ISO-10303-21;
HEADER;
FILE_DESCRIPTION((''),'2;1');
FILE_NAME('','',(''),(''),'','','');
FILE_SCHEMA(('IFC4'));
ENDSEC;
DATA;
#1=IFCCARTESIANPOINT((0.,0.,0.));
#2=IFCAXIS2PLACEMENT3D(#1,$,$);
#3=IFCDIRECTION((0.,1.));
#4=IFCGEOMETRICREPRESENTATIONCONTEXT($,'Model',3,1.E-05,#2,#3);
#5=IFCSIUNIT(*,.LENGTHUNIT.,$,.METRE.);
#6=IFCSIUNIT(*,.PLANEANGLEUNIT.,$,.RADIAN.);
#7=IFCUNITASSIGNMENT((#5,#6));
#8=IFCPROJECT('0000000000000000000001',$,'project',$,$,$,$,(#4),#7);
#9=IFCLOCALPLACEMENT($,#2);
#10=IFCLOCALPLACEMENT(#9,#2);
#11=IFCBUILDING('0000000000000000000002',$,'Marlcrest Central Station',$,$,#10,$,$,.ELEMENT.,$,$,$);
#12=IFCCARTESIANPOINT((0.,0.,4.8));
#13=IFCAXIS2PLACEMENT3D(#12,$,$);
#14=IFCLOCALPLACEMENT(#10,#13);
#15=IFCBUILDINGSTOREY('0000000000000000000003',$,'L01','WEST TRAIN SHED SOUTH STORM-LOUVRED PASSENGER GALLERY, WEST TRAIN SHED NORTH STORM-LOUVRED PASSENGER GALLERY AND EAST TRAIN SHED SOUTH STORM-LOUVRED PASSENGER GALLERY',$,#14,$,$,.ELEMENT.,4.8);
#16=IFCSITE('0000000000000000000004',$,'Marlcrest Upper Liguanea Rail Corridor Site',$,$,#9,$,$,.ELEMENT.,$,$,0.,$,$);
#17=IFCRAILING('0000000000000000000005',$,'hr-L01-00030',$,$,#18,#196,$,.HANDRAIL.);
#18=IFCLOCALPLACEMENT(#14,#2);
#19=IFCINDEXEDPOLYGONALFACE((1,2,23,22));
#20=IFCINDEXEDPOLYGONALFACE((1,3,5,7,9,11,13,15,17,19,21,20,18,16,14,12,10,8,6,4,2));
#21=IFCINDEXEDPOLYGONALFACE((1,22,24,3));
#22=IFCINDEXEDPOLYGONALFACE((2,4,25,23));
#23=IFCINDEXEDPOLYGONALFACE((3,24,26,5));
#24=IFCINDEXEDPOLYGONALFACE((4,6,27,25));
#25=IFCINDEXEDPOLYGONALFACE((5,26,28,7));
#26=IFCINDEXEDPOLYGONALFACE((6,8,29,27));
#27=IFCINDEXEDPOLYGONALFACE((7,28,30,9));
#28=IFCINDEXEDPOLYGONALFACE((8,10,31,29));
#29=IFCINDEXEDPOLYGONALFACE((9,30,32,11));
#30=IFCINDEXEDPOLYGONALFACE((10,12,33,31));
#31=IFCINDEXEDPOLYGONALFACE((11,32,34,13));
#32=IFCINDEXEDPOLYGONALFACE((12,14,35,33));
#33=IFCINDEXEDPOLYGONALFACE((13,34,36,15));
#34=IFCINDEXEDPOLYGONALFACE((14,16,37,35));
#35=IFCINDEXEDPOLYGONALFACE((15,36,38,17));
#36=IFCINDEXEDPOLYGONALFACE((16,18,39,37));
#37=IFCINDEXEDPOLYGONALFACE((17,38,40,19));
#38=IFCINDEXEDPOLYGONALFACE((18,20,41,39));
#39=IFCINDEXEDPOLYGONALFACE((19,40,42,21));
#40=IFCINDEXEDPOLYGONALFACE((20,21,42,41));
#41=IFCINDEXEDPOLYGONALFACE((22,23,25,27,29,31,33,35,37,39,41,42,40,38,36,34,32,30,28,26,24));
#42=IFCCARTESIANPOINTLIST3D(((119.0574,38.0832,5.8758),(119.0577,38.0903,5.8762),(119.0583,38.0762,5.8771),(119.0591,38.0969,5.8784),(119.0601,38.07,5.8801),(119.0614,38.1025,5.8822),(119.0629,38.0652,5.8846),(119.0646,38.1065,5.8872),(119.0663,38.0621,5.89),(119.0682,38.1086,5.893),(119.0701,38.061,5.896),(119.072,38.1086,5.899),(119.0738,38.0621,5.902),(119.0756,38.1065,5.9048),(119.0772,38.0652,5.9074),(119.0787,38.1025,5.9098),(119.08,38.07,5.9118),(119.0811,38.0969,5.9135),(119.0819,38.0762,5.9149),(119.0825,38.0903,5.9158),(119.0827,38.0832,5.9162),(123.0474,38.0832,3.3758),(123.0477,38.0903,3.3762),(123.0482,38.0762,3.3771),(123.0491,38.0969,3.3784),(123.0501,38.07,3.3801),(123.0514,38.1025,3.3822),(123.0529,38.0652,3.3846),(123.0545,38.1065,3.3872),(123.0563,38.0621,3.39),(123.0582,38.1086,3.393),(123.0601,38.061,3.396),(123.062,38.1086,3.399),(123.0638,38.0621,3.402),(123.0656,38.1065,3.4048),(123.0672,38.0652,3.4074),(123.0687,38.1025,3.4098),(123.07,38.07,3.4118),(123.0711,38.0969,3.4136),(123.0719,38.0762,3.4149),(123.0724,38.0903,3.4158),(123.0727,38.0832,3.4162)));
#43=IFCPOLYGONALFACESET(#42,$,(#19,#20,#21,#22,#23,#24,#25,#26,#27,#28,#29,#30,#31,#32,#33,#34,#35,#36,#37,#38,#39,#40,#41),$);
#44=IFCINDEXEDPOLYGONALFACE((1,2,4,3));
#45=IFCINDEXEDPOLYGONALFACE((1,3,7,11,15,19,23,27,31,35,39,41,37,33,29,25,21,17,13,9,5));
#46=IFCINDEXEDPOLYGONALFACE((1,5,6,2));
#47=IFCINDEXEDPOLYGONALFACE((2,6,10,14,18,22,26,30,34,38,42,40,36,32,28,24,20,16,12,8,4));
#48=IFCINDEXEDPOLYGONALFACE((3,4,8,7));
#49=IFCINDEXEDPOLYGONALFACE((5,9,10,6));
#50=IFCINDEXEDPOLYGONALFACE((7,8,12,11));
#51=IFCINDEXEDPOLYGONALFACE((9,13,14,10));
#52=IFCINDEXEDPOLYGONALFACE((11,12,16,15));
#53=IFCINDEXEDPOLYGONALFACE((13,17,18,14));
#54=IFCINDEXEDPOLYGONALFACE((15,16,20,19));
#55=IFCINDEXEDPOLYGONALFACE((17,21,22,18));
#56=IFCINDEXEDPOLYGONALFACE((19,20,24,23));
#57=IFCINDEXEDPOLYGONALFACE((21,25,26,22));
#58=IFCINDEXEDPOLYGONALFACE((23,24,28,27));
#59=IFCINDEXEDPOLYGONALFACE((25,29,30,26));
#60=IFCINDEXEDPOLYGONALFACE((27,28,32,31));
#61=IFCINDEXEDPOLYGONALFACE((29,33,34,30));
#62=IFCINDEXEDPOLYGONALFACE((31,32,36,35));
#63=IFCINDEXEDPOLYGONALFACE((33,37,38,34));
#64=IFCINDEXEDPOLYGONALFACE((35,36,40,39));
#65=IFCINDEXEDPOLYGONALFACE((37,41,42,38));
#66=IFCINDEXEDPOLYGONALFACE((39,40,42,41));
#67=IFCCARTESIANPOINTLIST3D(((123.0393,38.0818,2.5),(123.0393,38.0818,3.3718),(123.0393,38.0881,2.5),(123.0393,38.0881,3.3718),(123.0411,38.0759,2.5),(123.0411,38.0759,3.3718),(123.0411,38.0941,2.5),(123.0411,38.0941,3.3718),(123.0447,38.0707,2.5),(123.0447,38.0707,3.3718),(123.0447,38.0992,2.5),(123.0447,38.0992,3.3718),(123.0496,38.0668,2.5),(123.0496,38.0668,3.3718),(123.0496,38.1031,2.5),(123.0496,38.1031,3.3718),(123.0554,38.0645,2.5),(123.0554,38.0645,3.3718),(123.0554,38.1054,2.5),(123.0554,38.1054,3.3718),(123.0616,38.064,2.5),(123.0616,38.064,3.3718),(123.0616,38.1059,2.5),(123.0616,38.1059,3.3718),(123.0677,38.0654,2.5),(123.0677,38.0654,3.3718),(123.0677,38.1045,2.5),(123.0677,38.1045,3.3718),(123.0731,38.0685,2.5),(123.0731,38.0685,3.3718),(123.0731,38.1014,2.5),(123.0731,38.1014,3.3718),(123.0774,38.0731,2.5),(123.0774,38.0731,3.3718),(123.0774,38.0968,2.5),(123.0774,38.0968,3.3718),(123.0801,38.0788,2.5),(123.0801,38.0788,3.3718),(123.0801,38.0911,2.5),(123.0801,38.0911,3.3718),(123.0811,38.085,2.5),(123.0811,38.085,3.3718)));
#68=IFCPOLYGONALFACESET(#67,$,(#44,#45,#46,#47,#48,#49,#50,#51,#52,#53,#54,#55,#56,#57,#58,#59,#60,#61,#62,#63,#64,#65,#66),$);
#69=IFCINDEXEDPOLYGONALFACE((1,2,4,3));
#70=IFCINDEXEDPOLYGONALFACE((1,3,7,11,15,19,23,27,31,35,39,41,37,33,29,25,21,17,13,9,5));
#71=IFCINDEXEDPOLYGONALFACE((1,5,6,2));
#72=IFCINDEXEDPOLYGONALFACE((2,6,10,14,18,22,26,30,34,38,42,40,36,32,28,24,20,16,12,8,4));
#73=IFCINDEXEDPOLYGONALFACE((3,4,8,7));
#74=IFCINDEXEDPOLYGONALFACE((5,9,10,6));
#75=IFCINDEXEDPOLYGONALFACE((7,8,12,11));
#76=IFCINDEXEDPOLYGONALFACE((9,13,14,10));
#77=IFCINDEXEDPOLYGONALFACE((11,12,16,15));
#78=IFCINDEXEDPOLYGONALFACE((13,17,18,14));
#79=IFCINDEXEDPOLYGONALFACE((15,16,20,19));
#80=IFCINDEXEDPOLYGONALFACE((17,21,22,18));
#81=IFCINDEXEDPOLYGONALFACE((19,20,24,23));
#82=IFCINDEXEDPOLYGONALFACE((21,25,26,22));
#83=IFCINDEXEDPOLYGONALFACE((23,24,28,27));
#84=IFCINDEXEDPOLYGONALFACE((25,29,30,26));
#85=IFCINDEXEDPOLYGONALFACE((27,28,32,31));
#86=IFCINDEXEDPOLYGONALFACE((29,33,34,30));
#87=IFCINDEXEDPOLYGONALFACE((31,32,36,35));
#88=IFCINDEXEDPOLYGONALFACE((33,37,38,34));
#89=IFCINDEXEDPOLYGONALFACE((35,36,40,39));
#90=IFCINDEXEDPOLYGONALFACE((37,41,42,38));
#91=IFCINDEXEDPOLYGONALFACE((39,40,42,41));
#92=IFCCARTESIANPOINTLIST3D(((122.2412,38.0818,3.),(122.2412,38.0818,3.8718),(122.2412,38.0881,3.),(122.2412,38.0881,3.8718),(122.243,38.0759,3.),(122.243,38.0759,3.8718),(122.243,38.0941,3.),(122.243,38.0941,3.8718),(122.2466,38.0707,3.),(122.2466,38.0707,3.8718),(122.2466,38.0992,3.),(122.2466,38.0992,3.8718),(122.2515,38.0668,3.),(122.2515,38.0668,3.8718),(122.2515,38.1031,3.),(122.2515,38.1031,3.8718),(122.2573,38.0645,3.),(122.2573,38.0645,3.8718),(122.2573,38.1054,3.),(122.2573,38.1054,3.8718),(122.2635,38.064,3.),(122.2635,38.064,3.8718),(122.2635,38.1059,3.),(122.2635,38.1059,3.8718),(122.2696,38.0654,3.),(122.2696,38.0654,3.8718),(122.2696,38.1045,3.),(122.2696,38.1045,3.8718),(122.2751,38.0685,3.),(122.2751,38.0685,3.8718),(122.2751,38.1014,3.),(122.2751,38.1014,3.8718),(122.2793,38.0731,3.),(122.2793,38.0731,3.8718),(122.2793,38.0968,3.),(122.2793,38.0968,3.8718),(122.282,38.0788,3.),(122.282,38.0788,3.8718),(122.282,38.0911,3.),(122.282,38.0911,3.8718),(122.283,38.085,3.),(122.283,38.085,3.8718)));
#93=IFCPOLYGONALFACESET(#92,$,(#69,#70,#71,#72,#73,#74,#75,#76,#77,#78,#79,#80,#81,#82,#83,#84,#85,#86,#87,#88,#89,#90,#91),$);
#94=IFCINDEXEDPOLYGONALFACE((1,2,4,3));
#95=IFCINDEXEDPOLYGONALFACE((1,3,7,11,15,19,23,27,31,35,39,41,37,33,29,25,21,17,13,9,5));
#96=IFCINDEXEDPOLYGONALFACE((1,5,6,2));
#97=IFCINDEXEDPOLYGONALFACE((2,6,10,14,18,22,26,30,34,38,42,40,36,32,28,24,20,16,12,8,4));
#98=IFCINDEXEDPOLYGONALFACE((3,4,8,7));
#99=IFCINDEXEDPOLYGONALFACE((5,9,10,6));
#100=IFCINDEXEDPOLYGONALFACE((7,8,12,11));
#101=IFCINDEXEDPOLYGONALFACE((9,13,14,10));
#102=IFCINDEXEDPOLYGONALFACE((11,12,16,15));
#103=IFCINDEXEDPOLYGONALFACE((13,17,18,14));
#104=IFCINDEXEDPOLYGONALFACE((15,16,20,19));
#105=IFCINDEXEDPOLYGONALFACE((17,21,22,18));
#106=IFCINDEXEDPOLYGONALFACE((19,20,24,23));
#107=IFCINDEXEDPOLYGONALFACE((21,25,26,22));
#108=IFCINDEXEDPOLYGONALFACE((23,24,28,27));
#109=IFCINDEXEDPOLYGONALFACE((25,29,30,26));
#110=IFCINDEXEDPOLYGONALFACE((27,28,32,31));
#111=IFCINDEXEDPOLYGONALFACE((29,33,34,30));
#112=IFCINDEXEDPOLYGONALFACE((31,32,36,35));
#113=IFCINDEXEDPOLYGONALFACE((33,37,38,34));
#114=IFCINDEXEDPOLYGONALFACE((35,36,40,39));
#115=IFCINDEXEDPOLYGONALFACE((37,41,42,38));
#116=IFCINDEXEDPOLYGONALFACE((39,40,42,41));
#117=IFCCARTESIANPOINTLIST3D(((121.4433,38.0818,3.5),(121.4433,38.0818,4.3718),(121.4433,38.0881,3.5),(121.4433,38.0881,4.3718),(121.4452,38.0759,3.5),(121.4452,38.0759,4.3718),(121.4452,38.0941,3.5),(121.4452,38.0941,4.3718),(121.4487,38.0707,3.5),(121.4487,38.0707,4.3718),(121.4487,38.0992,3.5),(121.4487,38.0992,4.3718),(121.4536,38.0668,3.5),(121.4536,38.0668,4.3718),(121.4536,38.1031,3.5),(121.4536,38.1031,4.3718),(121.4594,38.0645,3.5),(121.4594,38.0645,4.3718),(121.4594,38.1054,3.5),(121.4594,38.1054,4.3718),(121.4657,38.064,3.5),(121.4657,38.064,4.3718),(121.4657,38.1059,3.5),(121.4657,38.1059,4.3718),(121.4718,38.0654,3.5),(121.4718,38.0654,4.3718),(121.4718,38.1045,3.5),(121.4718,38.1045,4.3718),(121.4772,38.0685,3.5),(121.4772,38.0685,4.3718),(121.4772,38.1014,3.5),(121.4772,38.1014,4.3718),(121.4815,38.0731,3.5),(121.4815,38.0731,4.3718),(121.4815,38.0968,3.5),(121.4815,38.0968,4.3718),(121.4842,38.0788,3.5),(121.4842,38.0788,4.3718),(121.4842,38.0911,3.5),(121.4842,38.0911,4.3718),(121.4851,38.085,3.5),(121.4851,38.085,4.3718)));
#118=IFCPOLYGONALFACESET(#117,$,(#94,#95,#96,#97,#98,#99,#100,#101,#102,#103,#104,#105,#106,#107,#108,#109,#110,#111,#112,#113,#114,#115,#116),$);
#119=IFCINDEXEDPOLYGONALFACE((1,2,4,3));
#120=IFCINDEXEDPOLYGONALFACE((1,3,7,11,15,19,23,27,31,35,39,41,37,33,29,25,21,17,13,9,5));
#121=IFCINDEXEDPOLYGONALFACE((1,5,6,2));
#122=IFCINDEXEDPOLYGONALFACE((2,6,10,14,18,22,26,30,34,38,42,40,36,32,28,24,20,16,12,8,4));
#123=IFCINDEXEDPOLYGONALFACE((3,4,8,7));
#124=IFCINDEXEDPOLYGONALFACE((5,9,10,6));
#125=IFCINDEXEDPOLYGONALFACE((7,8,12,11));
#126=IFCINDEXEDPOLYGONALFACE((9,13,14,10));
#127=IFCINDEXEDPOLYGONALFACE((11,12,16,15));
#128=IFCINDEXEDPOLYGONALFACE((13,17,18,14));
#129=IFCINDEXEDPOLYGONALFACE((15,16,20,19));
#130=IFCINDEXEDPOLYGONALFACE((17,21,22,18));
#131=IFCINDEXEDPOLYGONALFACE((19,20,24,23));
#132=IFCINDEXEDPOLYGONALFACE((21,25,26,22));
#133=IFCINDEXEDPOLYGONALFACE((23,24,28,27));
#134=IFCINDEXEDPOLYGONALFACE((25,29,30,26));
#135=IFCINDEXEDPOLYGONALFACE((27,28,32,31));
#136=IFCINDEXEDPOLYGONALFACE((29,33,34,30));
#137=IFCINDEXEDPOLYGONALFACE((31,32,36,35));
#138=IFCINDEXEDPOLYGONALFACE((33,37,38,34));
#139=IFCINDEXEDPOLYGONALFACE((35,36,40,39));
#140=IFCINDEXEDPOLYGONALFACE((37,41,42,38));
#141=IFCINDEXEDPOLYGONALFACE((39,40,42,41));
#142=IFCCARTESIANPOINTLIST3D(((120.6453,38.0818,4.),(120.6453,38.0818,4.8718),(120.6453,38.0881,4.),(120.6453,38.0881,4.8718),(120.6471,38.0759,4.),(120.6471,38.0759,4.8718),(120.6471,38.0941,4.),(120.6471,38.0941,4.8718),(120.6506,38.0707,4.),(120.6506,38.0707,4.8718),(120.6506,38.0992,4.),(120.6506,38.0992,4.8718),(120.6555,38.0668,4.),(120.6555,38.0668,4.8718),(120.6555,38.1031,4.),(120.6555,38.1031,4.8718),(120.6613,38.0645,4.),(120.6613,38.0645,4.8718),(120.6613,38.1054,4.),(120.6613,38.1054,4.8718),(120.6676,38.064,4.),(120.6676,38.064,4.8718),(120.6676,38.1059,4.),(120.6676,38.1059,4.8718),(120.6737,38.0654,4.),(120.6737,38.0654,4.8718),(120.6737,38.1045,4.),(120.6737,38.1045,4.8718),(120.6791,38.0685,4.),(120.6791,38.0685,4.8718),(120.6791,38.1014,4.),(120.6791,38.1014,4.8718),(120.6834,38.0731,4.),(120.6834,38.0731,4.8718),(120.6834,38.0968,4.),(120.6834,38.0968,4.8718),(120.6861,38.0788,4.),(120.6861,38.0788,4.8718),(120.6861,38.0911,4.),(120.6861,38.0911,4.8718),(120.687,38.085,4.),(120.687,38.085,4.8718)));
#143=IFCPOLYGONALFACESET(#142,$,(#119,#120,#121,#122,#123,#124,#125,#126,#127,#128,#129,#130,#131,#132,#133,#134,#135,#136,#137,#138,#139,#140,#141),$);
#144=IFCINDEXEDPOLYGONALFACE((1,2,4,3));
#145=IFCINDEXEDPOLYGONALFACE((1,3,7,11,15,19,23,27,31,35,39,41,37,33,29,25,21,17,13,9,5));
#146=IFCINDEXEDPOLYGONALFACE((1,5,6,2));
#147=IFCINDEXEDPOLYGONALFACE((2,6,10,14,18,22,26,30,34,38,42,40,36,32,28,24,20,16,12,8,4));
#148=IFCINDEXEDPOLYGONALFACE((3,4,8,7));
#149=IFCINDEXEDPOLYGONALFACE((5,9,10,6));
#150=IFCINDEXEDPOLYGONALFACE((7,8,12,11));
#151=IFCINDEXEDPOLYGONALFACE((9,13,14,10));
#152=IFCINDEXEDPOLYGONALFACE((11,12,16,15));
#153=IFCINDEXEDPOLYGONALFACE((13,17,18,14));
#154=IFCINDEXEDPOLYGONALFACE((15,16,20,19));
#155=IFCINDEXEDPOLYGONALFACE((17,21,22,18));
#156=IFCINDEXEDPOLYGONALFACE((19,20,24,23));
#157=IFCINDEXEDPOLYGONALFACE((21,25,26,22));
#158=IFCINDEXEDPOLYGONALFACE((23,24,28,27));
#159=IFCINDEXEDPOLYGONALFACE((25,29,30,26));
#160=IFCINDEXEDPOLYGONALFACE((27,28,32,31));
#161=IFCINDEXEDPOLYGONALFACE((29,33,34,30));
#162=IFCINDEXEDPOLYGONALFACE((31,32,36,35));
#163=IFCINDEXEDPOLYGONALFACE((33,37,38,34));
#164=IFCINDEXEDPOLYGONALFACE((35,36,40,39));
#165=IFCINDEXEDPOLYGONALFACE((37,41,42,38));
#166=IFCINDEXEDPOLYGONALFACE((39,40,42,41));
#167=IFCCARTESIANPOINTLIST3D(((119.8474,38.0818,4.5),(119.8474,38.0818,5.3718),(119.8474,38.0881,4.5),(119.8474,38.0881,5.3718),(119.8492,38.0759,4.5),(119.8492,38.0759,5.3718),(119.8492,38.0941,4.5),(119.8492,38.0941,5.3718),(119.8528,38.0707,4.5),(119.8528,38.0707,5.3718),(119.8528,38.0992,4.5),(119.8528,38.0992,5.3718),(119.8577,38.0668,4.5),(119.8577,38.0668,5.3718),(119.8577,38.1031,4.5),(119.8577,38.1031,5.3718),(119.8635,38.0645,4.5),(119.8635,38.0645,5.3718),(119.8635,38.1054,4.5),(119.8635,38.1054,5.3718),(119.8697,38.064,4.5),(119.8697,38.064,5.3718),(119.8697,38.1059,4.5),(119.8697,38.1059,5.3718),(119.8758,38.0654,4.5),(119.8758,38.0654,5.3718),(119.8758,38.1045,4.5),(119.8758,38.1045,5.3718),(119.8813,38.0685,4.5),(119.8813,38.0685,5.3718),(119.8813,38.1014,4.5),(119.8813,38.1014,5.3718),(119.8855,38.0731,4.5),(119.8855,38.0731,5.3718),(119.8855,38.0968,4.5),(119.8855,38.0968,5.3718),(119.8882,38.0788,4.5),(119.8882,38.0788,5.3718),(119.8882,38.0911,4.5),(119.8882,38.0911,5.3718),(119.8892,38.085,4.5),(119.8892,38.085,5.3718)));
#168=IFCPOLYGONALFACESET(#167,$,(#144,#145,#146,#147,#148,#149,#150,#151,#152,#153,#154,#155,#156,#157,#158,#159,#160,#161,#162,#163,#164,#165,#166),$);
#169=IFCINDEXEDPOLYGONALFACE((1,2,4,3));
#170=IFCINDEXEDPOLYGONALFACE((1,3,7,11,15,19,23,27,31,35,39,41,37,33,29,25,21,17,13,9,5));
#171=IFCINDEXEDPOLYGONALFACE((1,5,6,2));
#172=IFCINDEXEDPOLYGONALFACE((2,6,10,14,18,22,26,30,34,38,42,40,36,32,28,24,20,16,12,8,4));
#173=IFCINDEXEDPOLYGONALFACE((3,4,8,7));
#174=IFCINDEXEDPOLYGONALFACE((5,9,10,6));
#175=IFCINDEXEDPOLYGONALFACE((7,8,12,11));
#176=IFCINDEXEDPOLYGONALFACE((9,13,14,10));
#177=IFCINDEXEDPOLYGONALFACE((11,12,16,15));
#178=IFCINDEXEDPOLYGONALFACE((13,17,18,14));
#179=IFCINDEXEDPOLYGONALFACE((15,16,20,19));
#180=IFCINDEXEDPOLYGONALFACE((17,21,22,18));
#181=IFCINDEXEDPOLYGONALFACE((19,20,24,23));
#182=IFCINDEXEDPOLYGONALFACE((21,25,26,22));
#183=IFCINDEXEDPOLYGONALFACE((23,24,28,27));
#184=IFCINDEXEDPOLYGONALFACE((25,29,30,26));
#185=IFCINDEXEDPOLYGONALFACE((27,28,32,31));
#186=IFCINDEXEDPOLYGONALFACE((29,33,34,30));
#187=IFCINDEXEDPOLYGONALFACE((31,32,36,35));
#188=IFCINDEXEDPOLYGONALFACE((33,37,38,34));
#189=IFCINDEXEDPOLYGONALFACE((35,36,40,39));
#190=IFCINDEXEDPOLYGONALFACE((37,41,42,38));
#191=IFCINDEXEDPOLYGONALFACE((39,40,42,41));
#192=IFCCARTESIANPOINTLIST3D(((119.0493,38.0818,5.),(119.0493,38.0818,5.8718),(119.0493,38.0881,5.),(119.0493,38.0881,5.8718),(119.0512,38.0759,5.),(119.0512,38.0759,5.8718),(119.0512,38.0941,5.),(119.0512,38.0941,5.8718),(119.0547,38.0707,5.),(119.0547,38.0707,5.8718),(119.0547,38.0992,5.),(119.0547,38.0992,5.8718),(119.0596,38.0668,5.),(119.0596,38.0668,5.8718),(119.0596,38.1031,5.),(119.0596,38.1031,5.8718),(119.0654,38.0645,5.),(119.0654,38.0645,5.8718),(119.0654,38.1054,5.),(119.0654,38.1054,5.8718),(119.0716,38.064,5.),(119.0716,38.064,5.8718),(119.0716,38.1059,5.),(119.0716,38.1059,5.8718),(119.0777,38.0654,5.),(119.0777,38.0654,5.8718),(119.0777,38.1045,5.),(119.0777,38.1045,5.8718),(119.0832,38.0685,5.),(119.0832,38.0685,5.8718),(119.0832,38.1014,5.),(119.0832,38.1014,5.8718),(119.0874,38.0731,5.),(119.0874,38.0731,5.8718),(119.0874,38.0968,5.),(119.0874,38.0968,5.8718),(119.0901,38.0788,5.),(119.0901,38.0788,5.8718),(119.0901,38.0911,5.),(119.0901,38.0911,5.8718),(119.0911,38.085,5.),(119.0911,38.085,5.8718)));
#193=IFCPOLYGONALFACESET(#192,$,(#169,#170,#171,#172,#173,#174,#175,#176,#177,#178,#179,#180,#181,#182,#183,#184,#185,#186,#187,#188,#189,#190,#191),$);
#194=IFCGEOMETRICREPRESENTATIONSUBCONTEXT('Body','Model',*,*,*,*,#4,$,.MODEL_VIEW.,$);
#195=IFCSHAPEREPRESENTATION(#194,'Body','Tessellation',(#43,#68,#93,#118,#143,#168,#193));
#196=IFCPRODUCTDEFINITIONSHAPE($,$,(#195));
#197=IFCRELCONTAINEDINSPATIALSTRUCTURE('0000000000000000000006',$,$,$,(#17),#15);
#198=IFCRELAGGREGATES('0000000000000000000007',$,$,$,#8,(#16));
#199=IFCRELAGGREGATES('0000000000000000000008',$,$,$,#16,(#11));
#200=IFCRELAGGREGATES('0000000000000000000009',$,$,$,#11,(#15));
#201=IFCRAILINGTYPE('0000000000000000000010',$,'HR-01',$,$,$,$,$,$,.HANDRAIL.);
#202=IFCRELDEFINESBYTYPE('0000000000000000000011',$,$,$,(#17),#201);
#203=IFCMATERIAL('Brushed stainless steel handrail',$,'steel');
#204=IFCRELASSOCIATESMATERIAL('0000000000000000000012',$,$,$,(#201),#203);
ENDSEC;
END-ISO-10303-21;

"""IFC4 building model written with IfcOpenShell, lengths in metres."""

from ifc_helpers import new_model, si_unit, direction, frame, origin, origin_2d, place, context, subcontext, project, spatial, circle, extrude, material, type_object, element, save


model = new_model("IFC4")

# Units and contexts
model_context = context("Model", 3, precision=1e-05, world=origin(), true_north=direction((0.0, 1.0)))
body_context = subcontext(model_context, "Body", "Model", "MODEL_VIEW")
ifc_project = project(units=[si_unit("LENGTHUNIT", "METRE"), si_unit("PLANEANGLEUNIT", "RADIAN")], contexts=[model_context])

# Site, building, storey
site_placement = place(None, origin())
site = spatial("IfcSite", under=ifc_project, at=site_placement, Name="Marlcrest Upper Liguanea Rail Corridor Site", CompositionType="ELEMENT", RefElevation=0.0)
building_placement = place(site_placement, origin())
building = spatial("IfcBuilding", under=site, at=building_placement, Name="Marlcrest Central Station", CompositionType="ELEMENT")
storey_placement = place(building_placement, frame((0.0, 0.0, 4.8)))
storey = spatial("IfcBuildingStorey", under=building, at=storey_placement, Name="L01", Description="WEST TRAIN SHED SOUTH STORM-LOUVRED PASSENGER GALLERY, WEST TRAIN SHED NORTH STORM-LOUVRED PASSENGER GALLERY AND EAST TRAIN SHED SOUTH STORM-LOUVRED PASSENGER GALLERY", CompositionType="ELEMENT", Elevation=4.8)

# Railing
ifc_material_1 = material(Name="Brushed stainless steel handrail", Category="steel")
railing_type_1 = type_object("IfcRailingType", Name="HR-01", PredefinedType="HANDRAIL", material=ifc_material_1)
railing_1_placement = place(storey_placement, frame((123.0601, 38.085, 2.5)))
element("IfcRailing", 1, at=railing_1_placement, inside=storey, type_object=railing_type_1, Name="hr-L01-00030", PredefinedType="HANDRAIL", context=body_context, shape_type="SweptSolid", body=[
    extrude(circle(Radius=0.0239, at=origin_2d()), frame((0.0, 0.0, 0.896), z_axis=(-0.847401, 0.0, 0.530954), x_axis=(0.0, -1.0, 0.0)), (0.0, 0.0, 1.0), 4.7085),
    extrude(circle(Radius=0.021, at=origin_2d()), origin(), (0.0, 0.0, 1.0), 0.8718),
    extrude(circle(Radius=0.021, at=origin_2d()), frame((-0.7981, 0.0, 0.5)), (0.0, 0.0, 1.0), 0.8718),
    extrude(circle(Radius=0.021, at=origin_2d()), frame((-1.5959, 0.0, 1.0)), (0.0, 0.0, 1.0), 0.8718),
    extrude(circle(Radius=0.021, at=origin_2d()), frame((-2.394, 0.0, 1.5)), (0.0, 0.0, 1.0), 0.8718),
    extrude(circle(Radius=0.021, at=origin_2d()), frame((-3.1919, 0.0, 2.0)), (0.0, 0.0, 1.0), 0.8718),
    extrude(circle(Radius=0.021, at=origin_2d()), frame((-3.99, 0.0, 2.5)), (0.0, 0.0, 1.0), 0.8718),
])

save(model, "model.ifc")
